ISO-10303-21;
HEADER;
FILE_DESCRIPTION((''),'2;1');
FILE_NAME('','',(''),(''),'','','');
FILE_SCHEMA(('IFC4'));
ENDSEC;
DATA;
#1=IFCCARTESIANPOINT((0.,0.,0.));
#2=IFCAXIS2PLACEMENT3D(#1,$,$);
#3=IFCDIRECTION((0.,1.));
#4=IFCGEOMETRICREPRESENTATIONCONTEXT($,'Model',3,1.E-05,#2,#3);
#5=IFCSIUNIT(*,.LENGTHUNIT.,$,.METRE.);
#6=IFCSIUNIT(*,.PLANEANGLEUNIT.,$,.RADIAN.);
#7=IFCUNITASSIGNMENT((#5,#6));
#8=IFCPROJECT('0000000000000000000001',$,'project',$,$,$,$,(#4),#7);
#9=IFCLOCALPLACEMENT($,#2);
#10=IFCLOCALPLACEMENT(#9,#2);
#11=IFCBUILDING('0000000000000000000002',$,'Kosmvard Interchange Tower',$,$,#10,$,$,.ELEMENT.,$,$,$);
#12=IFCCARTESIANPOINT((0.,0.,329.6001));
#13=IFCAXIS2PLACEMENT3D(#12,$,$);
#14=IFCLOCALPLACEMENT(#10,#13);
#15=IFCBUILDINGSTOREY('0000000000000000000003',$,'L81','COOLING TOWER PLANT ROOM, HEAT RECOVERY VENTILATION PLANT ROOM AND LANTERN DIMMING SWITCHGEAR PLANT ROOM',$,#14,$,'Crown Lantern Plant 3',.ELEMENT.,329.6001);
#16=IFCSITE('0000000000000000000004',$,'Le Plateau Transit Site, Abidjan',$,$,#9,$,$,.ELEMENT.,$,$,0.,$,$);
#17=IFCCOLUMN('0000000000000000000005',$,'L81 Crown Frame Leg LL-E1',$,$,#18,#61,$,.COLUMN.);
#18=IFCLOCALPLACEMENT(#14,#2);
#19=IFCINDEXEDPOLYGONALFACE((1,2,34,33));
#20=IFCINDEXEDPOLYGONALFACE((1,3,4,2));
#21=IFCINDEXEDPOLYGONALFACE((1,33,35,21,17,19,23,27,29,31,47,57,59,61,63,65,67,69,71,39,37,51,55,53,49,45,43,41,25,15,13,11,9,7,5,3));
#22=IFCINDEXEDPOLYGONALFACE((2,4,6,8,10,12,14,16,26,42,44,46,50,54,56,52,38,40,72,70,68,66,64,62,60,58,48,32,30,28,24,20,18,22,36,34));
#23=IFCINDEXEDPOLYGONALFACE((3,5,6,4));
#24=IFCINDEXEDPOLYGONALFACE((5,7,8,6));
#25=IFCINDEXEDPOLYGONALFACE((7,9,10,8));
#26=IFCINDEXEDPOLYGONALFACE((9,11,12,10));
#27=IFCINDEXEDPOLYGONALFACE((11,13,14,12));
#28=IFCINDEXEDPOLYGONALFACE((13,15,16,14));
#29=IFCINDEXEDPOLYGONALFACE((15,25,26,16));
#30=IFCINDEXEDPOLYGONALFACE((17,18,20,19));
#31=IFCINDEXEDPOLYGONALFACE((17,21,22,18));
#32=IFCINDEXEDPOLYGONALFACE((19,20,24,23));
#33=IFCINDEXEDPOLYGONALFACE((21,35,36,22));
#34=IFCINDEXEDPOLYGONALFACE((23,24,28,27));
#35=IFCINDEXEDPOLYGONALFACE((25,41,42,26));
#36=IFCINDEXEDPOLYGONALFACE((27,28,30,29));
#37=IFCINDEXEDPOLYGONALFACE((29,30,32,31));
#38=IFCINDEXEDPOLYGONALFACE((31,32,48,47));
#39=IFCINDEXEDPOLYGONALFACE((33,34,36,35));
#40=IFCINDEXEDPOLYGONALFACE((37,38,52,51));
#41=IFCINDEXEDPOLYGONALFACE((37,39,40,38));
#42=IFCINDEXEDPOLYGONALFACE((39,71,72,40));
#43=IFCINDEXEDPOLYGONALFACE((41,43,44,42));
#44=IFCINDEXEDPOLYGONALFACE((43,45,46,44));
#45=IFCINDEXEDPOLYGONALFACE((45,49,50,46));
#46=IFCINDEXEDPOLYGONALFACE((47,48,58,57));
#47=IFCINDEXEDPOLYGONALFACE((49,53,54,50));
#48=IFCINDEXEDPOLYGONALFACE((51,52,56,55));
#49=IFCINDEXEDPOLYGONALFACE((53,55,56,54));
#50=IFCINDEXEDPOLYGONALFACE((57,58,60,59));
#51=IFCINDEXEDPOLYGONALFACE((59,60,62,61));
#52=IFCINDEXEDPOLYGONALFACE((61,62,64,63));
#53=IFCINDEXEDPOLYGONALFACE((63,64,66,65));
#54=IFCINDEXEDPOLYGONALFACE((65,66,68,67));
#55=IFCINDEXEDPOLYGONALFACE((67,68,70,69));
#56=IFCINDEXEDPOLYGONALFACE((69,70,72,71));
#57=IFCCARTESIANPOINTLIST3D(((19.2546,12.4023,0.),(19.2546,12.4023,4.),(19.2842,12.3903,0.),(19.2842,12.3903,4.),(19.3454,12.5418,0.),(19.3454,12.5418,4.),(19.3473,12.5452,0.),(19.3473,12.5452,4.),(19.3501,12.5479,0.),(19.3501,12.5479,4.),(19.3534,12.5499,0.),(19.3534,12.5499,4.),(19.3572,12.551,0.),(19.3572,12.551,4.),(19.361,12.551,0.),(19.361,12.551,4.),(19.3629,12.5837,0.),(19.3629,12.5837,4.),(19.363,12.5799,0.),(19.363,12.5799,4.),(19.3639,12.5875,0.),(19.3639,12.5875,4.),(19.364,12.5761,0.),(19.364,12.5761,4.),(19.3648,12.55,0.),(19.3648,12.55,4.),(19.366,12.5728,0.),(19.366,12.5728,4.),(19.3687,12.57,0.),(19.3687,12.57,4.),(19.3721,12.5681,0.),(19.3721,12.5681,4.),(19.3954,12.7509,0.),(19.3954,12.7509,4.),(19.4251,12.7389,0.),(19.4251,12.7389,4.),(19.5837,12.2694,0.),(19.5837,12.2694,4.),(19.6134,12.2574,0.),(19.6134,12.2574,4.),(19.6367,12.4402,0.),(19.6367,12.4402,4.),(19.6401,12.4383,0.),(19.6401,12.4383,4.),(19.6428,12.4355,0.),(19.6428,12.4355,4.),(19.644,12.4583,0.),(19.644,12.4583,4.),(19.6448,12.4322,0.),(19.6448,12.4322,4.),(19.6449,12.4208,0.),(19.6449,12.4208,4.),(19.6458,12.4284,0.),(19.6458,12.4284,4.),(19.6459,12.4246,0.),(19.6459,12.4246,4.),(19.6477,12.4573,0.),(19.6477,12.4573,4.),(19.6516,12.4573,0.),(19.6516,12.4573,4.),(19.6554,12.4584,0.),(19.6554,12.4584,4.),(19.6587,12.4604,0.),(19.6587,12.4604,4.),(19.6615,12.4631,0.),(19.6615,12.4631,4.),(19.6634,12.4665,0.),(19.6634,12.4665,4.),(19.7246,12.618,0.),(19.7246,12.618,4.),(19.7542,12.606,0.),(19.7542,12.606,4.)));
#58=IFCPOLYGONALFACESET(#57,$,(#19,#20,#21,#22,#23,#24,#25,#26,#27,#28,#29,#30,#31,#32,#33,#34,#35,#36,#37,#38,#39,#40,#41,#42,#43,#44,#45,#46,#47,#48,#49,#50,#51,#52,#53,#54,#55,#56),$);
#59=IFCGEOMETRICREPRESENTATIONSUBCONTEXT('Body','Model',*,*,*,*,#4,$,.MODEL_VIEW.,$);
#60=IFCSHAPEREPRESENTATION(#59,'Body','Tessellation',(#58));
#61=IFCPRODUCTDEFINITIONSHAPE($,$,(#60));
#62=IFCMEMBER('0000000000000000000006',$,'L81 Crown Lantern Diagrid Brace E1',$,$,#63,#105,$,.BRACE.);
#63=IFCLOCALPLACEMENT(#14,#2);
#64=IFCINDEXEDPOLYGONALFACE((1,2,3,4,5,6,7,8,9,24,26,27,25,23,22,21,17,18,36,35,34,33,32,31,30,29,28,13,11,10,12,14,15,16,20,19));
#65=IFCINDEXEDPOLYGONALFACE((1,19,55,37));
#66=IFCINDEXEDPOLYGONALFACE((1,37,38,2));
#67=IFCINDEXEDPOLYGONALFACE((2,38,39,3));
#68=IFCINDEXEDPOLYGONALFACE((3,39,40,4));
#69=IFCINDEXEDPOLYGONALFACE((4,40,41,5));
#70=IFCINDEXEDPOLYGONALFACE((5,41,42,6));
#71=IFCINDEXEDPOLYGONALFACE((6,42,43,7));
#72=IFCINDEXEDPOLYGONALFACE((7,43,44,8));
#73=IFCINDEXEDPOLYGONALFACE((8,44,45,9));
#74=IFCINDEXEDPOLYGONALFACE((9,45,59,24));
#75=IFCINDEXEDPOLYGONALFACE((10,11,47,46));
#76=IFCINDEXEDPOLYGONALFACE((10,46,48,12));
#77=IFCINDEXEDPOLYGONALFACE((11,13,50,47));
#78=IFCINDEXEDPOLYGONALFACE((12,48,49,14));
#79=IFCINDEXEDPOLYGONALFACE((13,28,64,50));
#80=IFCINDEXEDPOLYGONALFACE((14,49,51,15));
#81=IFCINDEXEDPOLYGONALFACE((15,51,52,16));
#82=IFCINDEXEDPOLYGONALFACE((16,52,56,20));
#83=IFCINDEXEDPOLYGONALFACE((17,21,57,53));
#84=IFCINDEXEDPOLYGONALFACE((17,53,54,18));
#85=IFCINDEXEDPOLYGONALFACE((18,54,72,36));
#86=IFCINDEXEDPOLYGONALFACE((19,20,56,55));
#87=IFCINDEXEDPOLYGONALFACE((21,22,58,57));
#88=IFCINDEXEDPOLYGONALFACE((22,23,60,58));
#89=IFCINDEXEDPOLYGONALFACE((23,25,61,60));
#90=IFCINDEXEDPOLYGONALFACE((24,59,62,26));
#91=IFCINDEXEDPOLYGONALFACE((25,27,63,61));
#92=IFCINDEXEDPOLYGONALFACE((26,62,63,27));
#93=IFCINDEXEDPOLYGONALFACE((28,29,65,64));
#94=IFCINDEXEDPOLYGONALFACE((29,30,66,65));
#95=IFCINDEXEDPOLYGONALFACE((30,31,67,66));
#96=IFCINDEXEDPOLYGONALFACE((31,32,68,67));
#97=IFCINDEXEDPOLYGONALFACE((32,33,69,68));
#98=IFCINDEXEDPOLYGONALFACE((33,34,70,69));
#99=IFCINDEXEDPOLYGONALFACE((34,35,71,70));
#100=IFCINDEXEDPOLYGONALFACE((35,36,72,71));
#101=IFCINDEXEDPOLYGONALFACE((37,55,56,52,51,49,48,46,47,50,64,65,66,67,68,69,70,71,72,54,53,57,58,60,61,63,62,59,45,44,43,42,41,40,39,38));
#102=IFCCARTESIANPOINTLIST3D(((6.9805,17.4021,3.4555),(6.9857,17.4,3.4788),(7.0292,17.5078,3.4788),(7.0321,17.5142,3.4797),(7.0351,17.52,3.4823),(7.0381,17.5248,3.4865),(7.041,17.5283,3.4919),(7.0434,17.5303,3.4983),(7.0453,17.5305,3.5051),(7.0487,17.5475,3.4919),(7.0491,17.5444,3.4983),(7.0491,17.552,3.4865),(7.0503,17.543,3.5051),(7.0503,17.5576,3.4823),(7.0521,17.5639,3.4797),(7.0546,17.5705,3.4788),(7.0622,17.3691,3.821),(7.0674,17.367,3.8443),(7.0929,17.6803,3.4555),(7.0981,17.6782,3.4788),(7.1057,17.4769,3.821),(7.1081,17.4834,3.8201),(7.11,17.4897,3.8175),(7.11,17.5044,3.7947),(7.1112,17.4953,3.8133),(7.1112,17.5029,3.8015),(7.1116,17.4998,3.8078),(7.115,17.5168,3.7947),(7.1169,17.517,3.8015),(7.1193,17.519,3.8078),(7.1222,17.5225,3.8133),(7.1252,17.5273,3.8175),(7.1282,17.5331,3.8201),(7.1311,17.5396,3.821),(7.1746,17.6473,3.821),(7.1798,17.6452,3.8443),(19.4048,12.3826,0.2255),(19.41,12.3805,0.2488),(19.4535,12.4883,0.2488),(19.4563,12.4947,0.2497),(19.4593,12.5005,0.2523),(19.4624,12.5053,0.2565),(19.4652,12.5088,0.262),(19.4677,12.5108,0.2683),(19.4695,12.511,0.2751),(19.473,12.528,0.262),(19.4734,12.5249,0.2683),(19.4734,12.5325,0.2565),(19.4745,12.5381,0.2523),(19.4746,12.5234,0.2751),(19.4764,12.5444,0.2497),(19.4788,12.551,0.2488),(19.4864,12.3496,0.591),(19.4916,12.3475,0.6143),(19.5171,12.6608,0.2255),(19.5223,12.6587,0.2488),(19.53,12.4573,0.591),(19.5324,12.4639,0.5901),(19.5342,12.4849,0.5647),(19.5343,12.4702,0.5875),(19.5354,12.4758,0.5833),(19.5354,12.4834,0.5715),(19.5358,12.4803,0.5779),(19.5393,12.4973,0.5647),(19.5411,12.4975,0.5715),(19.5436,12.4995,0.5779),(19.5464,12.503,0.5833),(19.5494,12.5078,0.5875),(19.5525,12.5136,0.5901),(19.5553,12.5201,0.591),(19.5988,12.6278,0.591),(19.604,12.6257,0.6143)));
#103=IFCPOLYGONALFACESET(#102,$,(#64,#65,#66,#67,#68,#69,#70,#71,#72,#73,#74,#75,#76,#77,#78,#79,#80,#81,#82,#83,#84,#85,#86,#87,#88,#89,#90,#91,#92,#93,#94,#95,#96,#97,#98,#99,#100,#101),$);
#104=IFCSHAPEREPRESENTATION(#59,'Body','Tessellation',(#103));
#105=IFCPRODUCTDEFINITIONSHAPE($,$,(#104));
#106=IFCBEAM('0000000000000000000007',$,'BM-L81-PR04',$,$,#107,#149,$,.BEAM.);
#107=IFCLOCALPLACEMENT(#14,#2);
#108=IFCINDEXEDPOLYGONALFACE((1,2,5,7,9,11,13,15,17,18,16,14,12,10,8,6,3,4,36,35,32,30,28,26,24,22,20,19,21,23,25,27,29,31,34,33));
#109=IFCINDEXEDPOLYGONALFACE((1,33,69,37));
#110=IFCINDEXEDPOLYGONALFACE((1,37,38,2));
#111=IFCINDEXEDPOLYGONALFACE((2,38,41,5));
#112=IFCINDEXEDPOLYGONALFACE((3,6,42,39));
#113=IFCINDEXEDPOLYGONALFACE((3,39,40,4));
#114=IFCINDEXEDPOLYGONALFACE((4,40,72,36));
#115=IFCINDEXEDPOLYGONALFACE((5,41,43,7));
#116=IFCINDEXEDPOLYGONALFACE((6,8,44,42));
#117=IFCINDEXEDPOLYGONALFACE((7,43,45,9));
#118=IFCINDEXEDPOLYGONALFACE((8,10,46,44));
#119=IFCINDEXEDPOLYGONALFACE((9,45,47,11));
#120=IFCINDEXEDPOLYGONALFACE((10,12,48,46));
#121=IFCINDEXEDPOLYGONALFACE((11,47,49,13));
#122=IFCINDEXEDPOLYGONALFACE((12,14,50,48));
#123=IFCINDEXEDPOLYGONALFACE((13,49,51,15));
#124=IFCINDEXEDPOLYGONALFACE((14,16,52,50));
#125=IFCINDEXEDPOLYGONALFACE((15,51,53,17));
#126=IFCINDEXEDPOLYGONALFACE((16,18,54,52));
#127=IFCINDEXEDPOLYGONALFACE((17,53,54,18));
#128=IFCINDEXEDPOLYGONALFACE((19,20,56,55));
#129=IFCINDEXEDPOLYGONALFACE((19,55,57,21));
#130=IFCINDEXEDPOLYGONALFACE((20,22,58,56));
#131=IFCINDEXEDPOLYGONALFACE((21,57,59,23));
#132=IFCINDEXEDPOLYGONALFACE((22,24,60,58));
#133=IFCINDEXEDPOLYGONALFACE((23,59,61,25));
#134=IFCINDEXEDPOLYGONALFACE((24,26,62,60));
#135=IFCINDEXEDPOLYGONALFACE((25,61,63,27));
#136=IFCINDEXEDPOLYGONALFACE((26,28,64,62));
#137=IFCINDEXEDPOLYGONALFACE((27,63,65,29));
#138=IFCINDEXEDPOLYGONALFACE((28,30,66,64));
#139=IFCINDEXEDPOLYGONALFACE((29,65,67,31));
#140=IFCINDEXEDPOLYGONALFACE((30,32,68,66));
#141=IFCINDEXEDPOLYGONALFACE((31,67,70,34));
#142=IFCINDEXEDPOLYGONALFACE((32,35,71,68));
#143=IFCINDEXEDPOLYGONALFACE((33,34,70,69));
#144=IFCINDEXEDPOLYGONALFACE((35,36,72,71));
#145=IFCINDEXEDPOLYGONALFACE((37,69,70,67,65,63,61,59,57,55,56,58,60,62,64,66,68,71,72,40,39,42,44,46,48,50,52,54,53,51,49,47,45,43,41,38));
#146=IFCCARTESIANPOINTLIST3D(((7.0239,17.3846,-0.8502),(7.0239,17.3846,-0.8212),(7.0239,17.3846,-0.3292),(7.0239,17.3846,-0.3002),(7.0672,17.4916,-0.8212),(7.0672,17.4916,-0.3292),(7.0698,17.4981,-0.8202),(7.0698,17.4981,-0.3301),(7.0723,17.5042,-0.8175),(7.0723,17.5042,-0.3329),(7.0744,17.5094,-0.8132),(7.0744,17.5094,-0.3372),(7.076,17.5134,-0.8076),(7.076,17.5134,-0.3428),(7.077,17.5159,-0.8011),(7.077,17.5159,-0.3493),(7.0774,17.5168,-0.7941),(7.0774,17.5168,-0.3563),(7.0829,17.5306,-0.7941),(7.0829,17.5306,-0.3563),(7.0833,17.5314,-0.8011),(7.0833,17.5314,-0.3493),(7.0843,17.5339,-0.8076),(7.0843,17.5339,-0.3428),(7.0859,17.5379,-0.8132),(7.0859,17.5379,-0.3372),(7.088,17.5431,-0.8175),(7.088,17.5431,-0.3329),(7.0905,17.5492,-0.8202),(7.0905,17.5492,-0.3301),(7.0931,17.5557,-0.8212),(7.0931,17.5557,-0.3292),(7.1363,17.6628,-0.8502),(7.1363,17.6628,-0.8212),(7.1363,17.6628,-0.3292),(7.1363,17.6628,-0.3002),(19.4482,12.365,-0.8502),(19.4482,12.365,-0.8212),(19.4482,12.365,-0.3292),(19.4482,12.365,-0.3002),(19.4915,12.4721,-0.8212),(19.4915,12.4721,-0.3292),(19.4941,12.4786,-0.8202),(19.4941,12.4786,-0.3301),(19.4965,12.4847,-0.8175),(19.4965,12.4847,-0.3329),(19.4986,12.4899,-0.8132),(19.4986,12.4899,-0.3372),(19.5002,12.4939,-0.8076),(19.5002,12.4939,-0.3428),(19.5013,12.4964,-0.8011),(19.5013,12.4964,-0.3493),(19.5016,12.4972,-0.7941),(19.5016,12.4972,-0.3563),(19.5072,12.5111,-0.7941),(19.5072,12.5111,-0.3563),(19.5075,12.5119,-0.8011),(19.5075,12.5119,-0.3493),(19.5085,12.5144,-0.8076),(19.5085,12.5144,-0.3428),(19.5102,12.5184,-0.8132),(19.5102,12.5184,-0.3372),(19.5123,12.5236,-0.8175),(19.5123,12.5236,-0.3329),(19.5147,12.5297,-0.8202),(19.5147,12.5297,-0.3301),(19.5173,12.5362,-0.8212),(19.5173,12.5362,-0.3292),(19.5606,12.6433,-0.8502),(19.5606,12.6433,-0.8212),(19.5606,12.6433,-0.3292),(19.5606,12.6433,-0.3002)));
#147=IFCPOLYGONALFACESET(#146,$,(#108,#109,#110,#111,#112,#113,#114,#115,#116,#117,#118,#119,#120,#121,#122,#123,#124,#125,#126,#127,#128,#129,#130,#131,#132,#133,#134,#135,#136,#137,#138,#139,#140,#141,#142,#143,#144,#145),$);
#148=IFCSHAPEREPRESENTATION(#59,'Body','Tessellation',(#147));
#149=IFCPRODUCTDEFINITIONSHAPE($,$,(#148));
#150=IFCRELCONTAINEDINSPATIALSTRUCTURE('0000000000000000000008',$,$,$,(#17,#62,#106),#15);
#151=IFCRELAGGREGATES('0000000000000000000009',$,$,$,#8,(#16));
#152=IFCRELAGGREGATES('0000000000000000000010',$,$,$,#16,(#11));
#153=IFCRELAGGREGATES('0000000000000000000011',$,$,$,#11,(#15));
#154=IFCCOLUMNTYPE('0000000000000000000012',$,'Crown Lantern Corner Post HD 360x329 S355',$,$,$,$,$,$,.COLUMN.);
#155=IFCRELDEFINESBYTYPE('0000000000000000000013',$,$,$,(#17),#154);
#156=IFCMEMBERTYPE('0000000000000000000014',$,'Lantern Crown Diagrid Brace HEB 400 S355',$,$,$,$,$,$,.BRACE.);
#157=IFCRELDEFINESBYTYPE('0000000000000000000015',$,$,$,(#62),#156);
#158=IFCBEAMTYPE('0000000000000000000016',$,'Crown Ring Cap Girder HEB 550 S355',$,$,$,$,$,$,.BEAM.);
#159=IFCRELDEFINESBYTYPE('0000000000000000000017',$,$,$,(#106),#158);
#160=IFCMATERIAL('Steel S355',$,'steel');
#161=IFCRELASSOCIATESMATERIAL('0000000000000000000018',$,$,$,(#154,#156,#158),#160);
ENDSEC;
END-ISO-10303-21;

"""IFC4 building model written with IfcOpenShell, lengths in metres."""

from ifc_helpers import new_model, si_unit, direction, frame, origin, origin_2d, place, context, subcontext, project, spatial, i_section, extrude, source, transform, mapped, material, material_profile, profile_set, type_object, element, save


model = new_model("IFC4")

# Units and contexts
model_context = context("Model", 3, precision=1e-05, world=origin(), true_north=direction((0.0, 1.0)))
body_context = subcontext(model_context, "Body", "Model", "MODEL_VIEW")
ifc_project = project(units=[si_unit("LENGTHUNIT", "METRE"), si_unit("PLANEANGLEUNIT", "RADIAN")], contexts=[model_context])

# Site, building, storey
site_placement = place(None, origin())
site = spatial("IfcSite", under=ifc_project, at=site_placement, Name="Le Plateau Transit Site, Abidjan", CompositionType="ELEMENT", RefElevation=0.0)
building_placement = place(site_placement, origin())
building = spatial("IfcBuilding", under=site, at=building_placement, Name="Kosmvard Interchange Tower", CompositionType="ELEMENT")
storey_placement = place(building_placement, frame((0.0, 0.0, 329.6001)))
storey = spatial("IfcBuildingStorey", under=building, at=storey_placement, Name="L81", Description="COOLING TOWER PLANT ROOM, HEAT RECOVERY VENTILATION PLANT ROOM AND LANTERN DIMMING SWITCHGEAR PLANT ROOM", LongName="Crown Lantern Plant 3", CompositionType="ELEMENT", Elevation=329.6001)

# Column
ifc_material_1 = material(Name="Steel S355", Category="steel")
ifc_material_profile_1 = material_profile(ifc_material_1, i_section(OverallWidth=0.376, OverallDepth=0.387, WebThickness=0.0195, FlangeThickness=0.032, FilletRadius=0.0149, at=origin_2d()), Name="HD 360x329")
ifc_profile_set_1 = profile_set([ifc_material_profile_1], Name="Steel S355")
column_type = type_object("IfcColumnType", Name="Crown Lantern Corner Post HD 360x329 S355", PredefinedType="COLUMN", material=ifc_profile_set_1)
shared_shape_1 = source(origin(), body_context, "Body", "SweptSolid", [
    extrude(i_section(OverallWidth=0.376, OverallDepth=0.387, WebThickness=0.0195, FlangeThickness=0.032, FilletRadius=0.0149, at=origin_2d()), origin(), (0.0, 0.0, 1.0), 4.0),
])
column_placement = place(storey_placement, frame((19.5044, 12.5042, 0.0), z_axis=(0.0, 0.0, 1.0), x_axis=(0.374607, 0.927184, 0.0)))
element("IfcColumn", 1, at=column_placement, inside=storey, type_object=column_type, Name="L81 Crown Frame Leg LL-E1", PredefinedType="COLUMN", context=body_context, shape_type="MappedRepresentation", body=[
    mapped(shared_shape_1, transform((0.0, 0.0, 0.0), scale=1.0)),
])

# Member
ifc_material_profile_2 = material_profile(ifc_material_1, i_section(OverallWidth=0.3, OverallDepth=0.3999, WebThickness=0.0134, FlangeThickness=0.0239, FilletRadius=0.0271, at=origin_2d()), Name="HEB 400")
ifc_profile_set_2 = profile_set([ifc_material_profile_2], Name="Steel S355")
member_type_1 = type_object("IfcMemberType", Name="Lantern Crown Diagrid Brace HEB 400 S355", PredefinedType="BRACE", material=ifc_profile_set_2)
shared_shape_2 = source(origin(), body_context, "Body", "SweptSolid", [
    extrude(i_section(OverallWidth=0.3, OverallDepth=0.3999, WebThickness=0.0134, FlangeThickness=0.0239, FilletRadius=0.0271, at=origin_2d()), origin(), (0.0, 0.0, 1.0), 13.7837),
])
member_1_placement = place(storey_placement, frame((19.5044, 12.5042, 0.4199), z_axis=(-0.901373, 0.364163, 0.234332), x_axis=(-0.374593, -0.92719, 0.0)))
element("IfcMember", 2, at=member_1_placement, inside=storey, type_object=member_type_1, Name="L81 Crown Lantern Diagrid Brace E1", PredefinedType="BRACE", context=body_context, shape_type="MappedRepresentation", body=[
    mapped(shared_shape_2, transform((0.0, 0.0, 0.0), scale=1.0)),
])

# Beam
ifc_material_profile_3 = material_profile(ifc_material_1, i_section(OverallWidth=0.3, OverallDepth=0.55, WebThickness=0.0149, FlangeThickness=0.0291, FilletRadius=0.0271, at=origin_2d()), Name="HEB 550")
ifc_profile_set_3 = profile_set([ifc_material_profile_3], Name="Steel S355")
beam_type_1 = type_object("IfcBeamType", Name="Crown Ring Cap Girder HEB 550 S355", PredefinedType="BEAM", material=ifc_profile_set_3)
shared_shape_3 = source(origin(), body_context, "Body", "SweptSolid", [
    extrude(i_section(OverallWidth=0.3, OverallDepth=0.55, WebThickness=0.0149, FlangeThickness=0.0291, FilletRadius=0.0271, at=origin_2d()), origin(), (0.0, 0.0, 1.0), 13.3999),
])
beam_1_placement = place(storey_placement, frame((19.5044, 12.5042, -0.5752), z_axis=(-0.92719, 0.374593, 0.0), x_axis=(-0.374593, -0.92719, 0.0)))
element("IfcBeam", 3, at=beam_1_placement, inside=storey, type_object=beam_type_1, Name="BM-L81-PR04", PredefinedType="BEAM", context=body_context, shape_type="MappedRepresentation", body=[
    mapped(shared_shape_3, transform((0.0, 0.0, 0.0), scale=1.0)),
])

save(model, "model.ifc")
